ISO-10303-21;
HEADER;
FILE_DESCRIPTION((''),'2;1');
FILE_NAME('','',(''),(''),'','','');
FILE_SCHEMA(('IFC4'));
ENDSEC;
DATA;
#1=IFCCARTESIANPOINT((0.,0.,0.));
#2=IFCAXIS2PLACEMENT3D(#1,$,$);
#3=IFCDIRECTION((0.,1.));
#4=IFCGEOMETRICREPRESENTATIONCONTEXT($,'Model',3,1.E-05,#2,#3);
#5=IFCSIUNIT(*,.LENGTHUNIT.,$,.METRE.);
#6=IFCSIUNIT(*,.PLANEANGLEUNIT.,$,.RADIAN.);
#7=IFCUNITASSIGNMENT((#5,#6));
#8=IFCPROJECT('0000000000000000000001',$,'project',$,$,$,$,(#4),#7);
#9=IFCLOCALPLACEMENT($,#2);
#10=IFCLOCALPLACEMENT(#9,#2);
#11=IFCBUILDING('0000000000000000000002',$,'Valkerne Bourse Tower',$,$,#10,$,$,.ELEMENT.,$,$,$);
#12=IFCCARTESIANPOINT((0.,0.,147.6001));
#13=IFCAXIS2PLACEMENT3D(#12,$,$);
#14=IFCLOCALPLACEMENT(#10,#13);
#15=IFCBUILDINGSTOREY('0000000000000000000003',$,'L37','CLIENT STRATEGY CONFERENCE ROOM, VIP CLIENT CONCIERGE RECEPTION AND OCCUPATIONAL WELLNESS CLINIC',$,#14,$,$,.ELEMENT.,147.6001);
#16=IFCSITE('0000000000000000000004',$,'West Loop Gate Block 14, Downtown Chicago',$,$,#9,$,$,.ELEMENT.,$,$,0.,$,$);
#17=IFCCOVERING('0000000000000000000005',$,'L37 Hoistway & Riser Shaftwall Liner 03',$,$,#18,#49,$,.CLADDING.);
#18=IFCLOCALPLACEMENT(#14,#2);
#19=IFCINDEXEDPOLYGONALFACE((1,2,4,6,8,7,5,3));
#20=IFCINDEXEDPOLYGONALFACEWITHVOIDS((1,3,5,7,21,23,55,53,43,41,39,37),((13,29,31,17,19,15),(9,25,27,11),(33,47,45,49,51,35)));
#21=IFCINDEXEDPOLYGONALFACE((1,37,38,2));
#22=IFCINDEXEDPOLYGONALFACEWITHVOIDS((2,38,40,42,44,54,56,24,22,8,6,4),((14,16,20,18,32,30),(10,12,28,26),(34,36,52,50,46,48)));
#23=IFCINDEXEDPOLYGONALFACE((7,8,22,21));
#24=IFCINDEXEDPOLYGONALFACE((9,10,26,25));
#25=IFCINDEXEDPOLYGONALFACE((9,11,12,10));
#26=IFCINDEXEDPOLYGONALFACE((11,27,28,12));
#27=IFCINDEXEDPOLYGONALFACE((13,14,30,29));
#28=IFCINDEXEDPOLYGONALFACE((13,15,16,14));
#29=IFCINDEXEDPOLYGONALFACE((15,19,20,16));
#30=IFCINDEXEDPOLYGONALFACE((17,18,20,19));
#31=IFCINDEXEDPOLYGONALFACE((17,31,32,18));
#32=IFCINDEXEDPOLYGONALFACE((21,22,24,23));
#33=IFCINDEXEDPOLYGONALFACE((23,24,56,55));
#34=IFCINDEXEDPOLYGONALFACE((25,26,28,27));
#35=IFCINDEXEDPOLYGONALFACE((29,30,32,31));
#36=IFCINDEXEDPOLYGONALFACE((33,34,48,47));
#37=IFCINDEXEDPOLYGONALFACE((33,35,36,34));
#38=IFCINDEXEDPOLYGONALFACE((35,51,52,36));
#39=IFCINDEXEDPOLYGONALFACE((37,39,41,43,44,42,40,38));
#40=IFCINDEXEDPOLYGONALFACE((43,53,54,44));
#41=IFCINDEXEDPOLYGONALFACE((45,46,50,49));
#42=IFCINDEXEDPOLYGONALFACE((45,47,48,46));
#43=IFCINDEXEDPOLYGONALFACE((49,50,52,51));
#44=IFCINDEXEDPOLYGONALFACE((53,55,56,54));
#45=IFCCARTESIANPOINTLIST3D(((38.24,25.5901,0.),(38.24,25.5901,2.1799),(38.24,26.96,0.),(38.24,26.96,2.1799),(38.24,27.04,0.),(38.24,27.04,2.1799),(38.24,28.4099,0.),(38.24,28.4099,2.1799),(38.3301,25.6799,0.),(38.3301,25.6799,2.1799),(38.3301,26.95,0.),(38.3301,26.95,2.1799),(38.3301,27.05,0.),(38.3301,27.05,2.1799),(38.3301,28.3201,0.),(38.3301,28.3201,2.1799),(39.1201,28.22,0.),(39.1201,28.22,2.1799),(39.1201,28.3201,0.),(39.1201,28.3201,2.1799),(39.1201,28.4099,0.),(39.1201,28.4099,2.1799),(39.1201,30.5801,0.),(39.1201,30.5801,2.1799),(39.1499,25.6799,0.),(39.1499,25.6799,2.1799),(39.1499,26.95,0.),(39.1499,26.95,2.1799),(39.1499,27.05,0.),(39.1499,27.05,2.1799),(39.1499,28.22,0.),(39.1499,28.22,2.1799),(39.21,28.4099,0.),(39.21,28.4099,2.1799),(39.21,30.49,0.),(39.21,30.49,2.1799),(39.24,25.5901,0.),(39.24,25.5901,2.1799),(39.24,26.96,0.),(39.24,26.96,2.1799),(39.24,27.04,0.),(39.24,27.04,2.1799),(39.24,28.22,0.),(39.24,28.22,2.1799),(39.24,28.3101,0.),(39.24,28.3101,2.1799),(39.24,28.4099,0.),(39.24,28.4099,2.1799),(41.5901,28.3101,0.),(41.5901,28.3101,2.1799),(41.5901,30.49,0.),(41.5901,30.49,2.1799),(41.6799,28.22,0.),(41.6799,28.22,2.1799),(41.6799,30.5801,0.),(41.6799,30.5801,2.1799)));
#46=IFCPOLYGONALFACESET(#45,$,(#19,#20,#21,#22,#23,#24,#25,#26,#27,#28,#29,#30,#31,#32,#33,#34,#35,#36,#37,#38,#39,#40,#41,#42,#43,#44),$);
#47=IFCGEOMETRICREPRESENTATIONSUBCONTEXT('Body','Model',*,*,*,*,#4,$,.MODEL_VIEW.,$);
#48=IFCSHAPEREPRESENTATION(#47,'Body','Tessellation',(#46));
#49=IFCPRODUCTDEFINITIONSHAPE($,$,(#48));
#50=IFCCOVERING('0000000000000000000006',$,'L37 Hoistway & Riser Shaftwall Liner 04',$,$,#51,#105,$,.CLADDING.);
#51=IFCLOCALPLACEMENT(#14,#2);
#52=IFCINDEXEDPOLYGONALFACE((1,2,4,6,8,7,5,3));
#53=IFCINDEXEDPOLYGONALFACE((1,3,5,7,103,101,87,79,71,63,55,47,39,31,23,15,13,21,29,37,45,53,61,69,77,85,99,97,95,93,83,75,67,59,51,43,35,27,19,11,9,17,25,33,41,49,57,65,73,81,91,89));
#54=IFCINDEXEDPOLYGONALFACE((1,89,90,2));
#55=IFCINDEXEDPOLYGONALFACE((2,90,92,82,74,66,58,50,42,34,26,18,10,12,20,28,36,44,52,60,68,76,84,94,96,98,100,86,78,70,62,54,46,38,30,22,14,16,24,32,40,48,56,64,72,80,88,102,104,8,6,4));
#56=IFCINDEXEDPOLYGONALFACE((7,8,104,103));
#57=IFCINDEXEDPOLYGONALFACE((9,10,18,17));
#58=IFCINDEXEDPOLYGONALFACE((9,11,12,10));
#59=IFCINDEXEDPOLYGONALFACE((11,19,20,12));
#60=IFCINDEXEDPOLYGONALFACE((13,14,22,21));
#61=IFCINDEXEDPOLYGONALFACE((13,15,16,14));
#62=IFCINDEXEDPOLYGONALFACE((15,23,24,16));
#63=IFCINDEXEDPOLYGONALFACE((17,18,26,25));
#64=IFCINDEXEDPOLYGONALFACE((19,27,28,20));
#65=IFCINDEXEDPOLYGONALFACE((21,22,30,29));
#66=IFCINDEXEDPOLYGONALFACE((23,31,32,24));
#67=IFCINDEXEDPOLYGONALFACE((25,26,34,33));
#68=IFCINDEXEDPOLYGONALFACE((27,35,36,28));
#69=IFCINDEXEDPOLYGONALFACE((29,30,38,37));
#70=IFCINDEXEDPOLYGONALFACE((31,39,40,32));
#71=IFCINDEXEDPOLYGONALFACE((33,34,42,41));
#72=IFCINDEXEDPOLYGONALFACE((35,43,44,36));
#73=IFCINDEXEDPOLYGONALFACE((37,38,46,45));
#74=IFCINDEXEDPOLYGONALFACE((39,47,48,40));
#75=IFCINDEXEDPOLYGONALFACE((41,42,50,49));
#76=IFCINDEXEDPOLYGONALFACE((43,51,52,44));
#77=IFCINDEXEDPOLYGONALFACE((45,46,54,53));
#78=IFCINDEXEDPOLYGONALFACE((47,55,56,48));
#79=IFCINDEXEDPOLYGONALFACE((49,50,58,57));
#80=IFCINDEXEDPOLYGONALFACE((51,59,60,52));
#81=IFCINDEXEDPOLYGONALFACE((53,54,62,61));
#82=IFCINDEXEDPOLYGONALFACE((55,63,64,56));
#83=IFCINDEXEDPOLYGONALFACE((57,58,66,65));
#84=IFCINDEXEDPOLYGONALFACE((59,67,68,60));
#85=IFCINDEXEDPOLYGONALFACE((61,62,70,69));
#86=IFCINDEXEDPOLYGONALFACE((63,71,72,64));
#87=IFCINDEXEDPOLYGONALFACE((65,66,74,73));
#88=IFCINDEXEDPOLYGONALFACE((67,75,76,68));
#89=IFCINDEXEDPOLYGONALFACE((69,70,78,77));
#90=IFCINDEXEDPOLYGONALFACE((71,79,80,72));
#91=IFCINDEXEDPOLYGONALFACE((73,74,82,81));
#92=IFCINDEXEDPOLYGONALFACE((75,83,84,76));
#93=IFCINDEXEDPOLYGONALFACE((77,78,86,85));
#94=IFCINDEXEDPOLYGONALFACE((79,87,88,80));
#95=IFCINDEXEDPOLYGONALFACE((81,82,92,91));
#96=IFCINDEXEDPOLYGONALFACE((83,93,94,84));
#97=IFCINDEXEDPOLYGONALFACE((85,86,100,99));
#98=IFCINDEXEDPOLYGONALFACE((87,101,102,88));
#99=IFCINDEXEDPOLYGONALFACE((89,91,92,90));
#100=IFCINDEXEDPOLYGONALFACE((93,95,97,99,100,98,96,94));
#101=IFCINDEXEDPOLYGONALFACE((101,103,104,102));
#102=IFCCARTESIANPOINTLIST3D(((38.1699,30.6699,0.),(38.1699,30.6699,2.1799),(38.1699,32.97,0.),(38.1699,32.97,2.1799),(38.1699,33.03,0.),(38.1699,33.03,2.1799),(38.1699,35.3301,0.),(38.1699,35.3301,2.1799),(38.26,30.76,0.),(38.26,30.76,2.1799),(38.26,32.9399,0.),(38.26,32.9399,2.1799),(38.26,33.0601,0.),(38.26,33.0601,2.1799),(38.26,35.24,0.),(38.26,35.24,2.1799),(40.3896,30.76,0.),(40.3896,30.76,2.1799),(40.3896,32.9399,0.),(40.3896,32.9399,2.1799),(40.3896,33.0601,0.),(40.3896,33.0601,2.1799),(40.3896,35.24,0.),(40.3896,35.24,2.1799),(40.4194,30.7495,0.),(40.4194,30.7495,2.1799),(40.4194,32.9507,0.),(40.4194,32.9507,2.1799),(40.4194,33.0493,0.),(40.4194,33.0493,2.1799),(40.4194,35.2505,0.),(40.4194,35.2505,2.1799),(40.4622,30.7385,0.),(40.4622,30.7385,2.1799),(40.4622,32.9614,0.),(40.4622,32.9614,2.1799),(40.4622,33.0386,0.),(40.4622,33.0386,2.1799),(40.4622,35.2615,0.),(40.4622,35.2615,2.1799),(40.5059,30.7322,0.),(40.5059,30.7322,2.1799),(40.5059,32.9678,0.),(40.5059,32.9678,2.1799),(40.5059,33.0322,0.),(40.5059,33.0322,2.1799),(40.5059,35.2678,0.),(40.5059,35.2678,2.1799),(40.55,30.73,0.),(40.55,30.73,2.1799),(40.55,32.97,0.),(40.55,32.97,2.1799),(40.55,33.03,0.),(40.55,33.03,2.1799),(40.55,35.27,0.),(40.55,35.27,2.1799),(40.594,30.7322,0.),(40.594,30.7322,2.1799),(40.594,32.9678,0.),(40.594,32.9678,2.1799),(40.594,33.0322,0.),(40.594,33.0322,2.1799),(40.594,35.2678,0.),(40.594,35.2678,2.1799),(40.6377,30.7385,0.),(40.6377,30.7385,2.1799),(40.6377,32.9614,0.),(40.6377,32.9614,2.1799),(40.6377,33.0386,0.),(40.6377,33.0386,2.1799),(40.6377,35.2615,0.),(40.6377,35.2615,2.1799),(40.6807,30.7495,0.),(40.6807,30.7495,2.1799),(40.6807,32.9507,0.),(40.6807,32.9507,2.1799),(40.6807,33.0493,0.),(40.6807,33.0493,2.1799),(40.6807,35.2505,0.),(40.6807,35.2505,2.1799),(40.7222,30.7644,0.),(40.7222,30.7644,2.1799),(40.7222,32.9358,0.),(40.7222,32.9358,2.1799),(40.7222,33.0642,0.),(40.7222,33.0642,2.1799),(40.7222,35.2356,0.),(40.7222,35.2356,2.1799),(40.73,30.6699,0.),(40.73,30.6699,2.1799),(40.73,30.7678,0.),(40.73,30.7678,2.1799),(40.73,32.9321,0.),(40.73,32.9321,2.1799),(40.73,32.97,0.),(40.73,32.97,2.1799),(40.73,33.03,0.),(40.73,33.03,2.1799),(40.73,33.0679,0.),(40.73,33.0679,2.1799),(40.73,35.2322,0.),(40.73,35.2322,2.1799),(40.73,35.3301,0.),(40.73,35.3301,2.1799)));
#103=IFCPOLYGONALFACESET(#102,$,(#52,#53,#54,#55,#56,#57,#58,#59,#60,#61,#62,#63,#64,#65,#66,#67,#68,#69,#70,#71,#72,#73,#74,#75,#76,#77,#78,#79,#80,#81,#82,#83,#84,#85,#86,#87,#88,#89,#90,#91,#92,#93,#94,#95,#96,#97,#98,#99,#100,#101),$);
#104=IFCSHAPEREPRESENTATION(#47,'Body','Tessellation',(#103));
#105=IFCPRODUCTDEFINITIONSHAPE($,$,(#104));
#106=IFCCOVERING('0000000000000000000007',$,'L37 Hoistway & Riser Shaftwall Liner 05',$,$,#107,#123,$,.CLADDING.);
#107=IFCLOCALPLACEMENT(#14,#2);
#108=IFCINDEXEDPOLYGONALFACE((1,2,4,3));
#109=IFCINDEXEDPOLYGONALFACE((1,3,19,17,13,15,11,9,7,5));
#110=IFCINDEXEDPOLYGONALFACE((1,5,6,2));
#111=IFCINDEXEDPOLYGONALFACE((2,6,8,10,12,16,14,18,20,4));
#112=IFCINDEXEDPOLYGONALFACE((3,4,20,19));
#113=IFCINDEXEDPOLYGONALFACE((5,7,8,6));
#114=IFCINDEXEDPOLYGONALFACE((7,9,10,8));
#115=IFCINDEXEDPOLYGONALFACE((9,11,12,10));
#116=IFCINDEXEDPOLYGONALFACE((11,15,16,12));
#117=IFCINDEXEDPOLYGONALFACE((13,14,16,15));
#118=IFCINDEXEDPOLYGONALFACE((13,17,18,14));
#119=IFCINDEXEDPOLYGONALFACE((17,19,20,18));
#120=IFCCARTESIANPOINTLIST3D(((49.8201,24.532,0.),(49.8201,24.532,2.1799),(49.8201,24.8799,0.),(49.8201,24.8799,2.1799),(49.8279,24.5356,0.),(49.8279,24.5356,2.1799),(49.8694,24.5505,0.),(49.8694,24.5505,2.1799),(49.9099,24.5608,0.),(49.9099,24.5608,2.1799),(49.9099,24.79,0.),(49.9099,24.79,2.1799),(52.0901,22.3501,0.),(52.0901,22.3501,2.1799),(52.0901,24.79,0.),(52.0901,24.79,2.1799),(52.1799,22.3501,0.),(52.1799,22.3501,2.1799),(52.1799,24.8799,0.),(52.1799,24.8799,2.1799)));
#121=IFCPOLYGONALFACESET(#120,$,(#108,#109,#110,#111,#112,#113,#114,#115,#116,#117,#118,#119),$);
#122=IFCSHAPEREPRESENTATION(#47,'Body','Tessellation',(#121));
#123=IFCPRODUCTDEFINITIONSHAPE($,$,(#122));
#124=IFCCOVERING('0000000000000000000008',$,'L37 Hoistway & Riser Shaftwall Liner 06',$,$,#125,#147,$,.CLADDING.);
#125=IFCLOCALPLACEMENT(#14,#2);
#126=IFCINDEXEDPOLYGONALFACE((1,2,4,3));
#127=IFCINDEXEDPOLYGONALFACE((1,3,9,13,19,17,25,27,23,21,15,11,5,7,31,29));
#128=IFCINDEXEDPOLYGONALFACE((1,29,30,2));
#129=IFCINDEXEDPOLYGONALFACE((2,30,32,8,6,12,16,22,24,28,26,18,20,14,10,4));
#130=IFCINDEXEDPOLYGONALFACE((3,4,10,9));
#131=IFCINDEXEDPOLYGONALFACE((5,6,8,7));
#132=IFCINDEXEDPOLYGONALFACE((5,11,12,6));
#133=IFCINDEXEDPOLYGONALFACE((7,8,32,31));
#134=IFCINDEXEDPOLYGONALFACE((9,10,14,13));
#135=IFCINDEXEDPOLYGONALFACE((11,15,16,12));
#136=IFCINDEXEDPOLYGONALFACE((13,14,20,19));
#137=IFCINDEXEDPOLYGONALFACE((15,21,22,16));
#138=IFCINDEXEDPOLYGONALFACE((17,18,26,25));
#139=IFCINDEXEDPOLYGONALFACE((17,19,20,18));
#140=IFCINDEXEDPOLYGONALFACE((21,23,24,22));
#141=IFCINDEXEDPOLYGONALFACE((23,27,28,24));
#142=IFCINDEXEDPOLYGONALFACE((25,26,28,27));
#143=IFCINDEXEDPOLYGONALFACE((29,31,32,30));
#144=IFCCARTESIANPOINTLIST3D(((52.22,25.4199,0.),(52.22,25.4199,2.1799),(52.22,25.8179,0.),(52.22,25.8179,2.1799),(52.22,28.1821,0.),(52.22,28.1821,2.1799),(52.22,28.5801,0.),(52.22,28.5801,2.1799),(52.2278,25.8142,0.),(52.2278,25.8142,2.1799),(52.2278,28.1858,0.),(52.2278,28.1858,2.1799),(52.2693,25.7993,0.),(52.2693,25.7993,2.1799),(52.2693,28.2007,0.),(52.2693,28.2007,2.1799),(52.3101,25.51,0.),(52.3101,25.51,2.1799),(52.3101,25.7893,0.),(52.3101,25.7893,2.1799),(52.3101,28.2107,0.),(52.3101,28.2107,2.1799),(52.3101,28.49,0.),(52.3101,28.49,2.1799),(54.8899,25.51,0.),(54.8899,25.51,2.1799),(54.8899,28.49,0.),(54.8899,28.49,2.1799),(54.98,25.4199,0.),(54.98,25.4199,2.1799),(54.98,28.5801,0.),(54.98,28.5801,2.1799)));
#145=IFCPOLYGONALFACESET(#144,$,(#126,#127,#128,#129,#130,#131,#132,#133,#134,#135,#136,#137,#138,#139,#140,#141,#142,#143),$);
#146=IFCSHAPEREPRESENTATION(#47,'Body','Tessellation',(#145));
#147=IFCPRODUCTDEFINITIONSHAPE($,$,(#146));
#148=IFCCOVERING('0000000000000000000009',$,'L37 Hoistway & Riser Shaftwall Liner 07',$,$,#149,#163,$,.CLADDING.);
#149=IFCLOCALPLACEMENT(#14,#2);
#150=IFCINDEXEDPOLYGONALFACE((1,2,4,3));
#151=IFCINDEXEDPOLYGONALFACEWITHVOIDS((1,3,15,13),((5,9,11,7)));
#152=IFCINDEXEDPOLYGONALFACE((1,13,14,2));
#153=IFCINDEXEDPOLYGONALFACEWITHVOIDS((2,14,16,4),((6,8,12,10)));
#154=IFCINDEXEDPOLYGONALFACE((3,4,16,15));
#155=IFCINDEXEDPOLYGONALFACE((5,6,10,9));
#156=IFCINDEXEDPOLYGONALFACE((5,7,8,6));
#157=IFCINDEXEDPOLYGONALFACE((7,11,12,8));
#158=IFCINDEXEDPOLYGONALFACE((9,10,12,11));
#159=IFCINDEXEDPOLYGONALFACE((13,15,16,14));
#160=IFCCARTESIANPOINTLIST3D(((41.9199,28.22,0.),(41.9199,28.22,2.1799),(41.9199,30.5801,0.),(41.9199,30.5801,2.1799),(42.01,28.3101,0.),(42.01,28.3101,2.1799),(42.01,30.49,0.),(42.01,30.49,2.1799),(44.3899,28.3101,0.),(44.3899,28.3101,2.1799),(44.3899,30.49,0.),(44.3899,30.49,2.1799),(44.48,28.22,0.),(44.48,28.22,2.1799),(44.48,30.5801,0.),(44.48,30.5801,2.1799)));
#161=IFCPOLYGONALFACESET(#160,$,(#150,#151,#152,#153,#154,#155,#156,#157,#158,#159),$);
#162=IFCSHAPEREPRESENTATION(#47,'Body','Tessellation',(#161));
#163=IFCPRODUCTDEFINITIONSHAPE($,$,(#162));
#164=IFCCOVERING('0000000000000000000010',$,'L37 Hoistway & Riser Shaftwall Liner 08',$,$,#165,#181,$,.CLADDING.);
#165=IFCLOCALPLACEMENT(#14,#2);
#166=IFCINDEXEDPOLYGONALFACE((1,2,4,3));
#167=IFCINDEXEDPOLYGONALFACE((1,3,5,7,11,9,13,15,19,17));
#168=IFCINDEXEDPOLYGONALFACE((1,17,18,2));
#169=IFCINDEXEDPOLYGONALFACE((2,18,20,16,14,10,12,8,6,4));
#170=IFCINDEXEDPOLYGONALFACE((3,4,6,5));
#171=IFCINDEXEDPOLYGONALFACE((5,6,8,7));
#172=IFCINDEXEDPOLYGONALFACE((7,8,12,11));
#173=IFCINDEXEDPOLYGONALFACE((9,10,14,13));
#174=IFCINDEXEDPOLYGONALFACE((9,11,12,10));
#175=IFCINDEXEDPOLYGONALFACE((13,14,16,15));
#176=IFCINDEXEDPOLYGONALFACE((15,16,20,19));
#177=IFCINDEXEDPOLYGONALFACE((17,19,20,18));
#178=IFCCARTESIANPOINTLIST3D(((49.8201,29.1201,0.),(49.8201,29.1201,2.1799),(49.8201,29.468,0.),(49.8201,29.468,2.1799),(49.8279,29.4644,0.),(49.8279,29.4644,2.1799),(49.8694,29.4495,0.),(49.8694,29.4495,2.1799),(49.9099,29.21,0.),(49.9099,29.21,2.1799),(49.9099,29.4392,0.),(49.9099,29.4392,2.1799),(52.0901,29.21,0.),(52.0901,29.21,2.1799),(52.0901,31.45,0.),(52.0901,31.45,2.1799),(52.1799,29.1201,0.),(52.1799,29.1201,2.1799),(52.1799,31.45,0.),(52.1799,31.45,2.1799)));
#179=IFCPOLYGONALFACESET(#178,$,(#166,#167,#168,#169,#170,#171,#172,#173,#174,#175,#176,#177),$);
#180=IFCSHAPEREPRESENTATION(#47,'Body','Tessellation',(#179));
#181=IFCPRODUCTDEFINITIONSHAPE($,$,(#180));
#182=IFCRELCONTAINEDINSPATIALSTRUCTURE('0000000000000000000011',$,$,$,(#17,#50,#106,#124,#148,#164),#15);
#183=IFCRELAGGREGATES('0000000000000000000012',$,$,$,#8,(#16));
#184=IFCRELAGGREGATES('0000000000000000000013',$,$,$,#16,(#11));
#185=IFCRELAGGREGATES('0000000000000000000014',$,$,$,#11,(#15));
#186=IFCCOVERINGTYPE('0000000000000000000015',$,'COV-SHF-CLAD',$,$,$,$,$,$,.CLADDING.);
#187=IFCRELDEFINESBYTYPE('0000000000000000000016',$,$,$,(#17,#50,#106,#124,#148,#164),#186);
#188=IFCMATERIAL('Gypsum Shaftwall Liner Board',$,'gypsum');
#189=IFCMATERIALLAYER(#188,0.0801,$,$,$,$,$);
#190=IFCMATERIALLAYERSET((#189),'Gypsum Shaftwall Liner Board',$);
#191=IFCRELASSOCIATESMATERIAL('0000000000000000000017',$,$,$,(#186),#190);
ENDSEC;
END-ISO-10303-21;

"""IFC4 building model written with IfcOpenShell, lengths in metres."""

from ifc_helpers import new_model, si_unit, direction, frame, origin, place, context, subcontext, project, spatial, polyline, outline, extrude, material, layer, layer_set, type_object, element, save


model = new_model("IFC4")

# Units and contexts
model_context = context("Model", 3, precision=1e-05, world=origin(), true_north=direction((0.0, 1.0)))
body_context = subcontext(model_context, "Body", "Model", "MODEL_VIEW")
ifc_project = project(units=[si_unit("LENGTHUNIT", "METRE"), si_unit("PLANEANGLEUNIT", "RADIAN")], contexts=[model_context])

# Site, building, storey
site_placement = place(None, origin())
site = spatial("IfcSite", under=ifc_project, at=site_placement, Name="West Loop Gate Block 14, Downtown Chicago", CompositionType="ELEMENT", RefElevation=0.0)
building_placement = place(site_placement, origin())
building = spatial("IfcBuilding", under=site, at=building_placement, Name="Valkerne Bourse Tower", CompositionType="ELEMENT")
storey_placement = place(building_placement, frame((0.0, 0.0, 147.6001)))
storey = spatial("IfcBuildingStorey", under=building, at=storey_placement, Name="L37", Description="CLIENT STRATEGY CONFERENCE ROOM, VIP CLIENT CONCIERGE RECEPTION AND OCCUPATIONAL WELLNESS CLINIC", CompositionType="ELEMENT", Elevation=147.6001)

# Coverings
ifc_material_1 = material(Name="Gypsum Shaftwall Liner Board", Category="gypsum")
ifc_layer_1 = layer(ifc_material_1, 0.0801)
ifc_layer_set_1 = layer_set([ifc_layer_1], Name="Gypsum Shaftwall Liner Board")
covering_type_1 = type_object("IfcCoveringType", Name="COV-SHF-CLAD", PredefinedType="CLADDING", material=ifc_layer_set_1)
covering_1_placement = place(storey_placement, origin())
element("IfcCovering", 1, at=covering_1_placement, inside=storey, type_object=covering_type_1, Name="L37 Hoistway & Riser Shaftwall Liner 03", PredefinedType="CLADDING", context=body_context, shape_type="SweptSolid", body=[
    extrude(outline(polyline([(38.24, 28.4099), (39.1201, 28.4099), (39.1201, 30.5801), (41.6799, 30.5801), (41.6799, 28.22), (39.24, 28.22), (39.24, 27.04), (39.24, 26.96), (39.24, 25.5901), (38.24, 25.5901), (38.24, 26.96), (38.24, 27.04), (38.24, 28.4099)]), holes=[polyline([(38.3301, 26.95), (38.3301, 25.6799), (39.1499, 25.6799), (39.1499, 26.95), (38.3301, 26.95)]), polyline([(39.21, 30.49), (39.21, 28.4099), (39.24, 28.4099), (39.24, 28.3101), (41.5901, 28.3101), (41.5901, 30.49), (39.21, 30.49)]), polyline([(38.3301, 27.05), (39.1499, 27.05), (39.1499, 28.22), (39.1201, 28.22), (39.1201, 28.3201), (38.3301, 28.3201), (38.3301, 27.05)])]), origin(), (0.0, 0.0, 1.0), 2.1799),
])
covering_2_placement = place(storey_placement, origin())
element("IfcCovering", 2, at=covering_2_placement, inside=storey, type_object=covering_type_1, Name="L37 Hoistway & Riser Shaftwall Liner 04", PredefinedType="CLADDING", context=body_context, shape_type="SweptSolid", body=[
    extrude(outline(polyline([(38.1699, 35.3301), (40.73, 35.3301), (40.73, 35.2322), (40.7222, 35.2356), (40.6807, 35.2505), (40.6377, 35.2615), (40.594, 35.2678), (40.55, 35.27), (40.5059, 35.2678), (40.4622, 35.2615), (40.4194, 35.2505), (40.3896, 35.24), (38.26, 35.24), (38.26, 33.0601), (40.3896, 33.0601), (40.4194, 33.0493), (40.4622, 33.0386), (40.5059, 33.0322), (40.55, 33.03), (40.594, 33.0322), (40.6377, 33.0386), (40.6807, 33.0493), (40.7222, 33.0642), (40.73, 33.0679), (40.73, 33.03), (40.73, 32.97), (40.73, 32.9321), (40.7222, 32.9358), (40.6807, 32.9507), (40.6377, 32.9614), (40.594, 32.9678), (40.55, 32.97), (40.5059, 32.9678), (40.4622, 32.9614), (40.4194, 32.9507), (40.3896, 32.9399), (38.26, 32.9399), (38.26, 30.76), (40.3896, 30.76), (40.4194, 30.7495), (40.4622, 30.7385), (40.5059, 30.7322), (40.55, 30.73), (40.594, 30.7322), (40.6377, 30.7385), (40.6807, 30.7495), (40.7222, 30.7644), (40.73, 30.7678), (40.73, 30.6699), (38.1699, 30.6699), (38.1699, 32.97), (38.1699, 33.03), (38.1699, 35.3301)])), origin(), (0.0, 0.0, 1.0), 2.1799),
])
covering_3_placement = place(storey_placement, origin())
element("IfcCovering", 3, at=covering_3_placement, inside=storey, type_object=covering_type_1, Name="L37 Hoistway & Riser Shaftwall Liner 05", PredefinedType="CLADDING", context=body_context, shape_type="SweptSolid", body=[
    extrude(outline(polyline([(52.1799, 22.3501), (52.0901, 22.3501), (52.0901, 24.79), (49.9099, 24.79), (49.9099, 24.5608), (49.8694, 24.5505), (49.8279, 24.5356), (49.8201, 24.532), (49.8201, 24.8799), (52.1799, 24.8799), (52.1799, 22.3501)])), origin(), (0.0, 0.0, 1.0), 2.1799),
])
covering_4_placement = place(storey_placement, origin())
element("IfcCovering", 4, at=covering_4_placement, inside=storey, type_object=covering_type_1, Name="L37 Hoistway & Riser Shaftwall Liner 06", PredefinedType="CLADDING", context=body_context, shape_type="SweptSolid", body=[
    extrude(outline(polyline([(54.98, 25.4199), (52.22, 25.4199), (52.22, 25.8179), (52.2278, 25.8142), (52.2693, 25.7993), (52.3101, 25.7893), (52.3101, 25.51), (54.8899, 25.51), (54.8899, 28.49), (52.3101, 28.49), (52.3101, 28.2107), (52.2693, 28.2007), (52.2278, 28.1858), (52.22, 28.1821), (52.22, 28.5801), (54.98, 28.5801), (54.98, 25.4199)])), origin(), (0.0, 0.0, 1.0), 2.1799),
])
covering_5_placement = place(storey_placement, origin())
element("IfcCovering", 5, at=covering_5_placement, inside=storey, type_object=covering_type_1, Name="L37 Hoistway & Riser Shaftwall Liner 07", PredefinedType="CLADDING", context=body_context, shape_type="SweptSolid", body=[
    extrude(outline(polyline([(44.48, 28.22), (41.9199, 28.22), (41.9199, 30.5801), (44.48, 30.5801), (44.48, 28.22)]), holes=[polyline([(42.01, 30.49), (42.01, 28.3101), (44.3899, 28.3101), (44.3899, 30.49), (42.01, 30.49)])]), origin(), (0.0, 0.0, 1.0), 2.1799),
])
covering_6_placement = place(storey_placement, origin())
element("IfcCovering", 6, at=covering_6_placement, inside=storey, type_object=covering_type_1, Name="L37 Hoistway & Riser Shaftwall Liner 08", PredefinedType="CLADDING", context=body_context, shape_type="SweptSolid", body=[
    extrude(outline(polyline([(49.8201, 29.1201), (49.8201, 29.468), (49.8279, 29.4644), (49.8694, 29.4495), (49.9099, 29.4392), (49.9099, 29.21), (52.0901, 29.21), (52.0901, 31.45), (52.1799, 31.45), (52.1799, 29.1201), (49.8201, 29.1201)])), origin(), (0.0, 0.0, 1.0), 2.1799),
])

save(model, "model.ifc")
